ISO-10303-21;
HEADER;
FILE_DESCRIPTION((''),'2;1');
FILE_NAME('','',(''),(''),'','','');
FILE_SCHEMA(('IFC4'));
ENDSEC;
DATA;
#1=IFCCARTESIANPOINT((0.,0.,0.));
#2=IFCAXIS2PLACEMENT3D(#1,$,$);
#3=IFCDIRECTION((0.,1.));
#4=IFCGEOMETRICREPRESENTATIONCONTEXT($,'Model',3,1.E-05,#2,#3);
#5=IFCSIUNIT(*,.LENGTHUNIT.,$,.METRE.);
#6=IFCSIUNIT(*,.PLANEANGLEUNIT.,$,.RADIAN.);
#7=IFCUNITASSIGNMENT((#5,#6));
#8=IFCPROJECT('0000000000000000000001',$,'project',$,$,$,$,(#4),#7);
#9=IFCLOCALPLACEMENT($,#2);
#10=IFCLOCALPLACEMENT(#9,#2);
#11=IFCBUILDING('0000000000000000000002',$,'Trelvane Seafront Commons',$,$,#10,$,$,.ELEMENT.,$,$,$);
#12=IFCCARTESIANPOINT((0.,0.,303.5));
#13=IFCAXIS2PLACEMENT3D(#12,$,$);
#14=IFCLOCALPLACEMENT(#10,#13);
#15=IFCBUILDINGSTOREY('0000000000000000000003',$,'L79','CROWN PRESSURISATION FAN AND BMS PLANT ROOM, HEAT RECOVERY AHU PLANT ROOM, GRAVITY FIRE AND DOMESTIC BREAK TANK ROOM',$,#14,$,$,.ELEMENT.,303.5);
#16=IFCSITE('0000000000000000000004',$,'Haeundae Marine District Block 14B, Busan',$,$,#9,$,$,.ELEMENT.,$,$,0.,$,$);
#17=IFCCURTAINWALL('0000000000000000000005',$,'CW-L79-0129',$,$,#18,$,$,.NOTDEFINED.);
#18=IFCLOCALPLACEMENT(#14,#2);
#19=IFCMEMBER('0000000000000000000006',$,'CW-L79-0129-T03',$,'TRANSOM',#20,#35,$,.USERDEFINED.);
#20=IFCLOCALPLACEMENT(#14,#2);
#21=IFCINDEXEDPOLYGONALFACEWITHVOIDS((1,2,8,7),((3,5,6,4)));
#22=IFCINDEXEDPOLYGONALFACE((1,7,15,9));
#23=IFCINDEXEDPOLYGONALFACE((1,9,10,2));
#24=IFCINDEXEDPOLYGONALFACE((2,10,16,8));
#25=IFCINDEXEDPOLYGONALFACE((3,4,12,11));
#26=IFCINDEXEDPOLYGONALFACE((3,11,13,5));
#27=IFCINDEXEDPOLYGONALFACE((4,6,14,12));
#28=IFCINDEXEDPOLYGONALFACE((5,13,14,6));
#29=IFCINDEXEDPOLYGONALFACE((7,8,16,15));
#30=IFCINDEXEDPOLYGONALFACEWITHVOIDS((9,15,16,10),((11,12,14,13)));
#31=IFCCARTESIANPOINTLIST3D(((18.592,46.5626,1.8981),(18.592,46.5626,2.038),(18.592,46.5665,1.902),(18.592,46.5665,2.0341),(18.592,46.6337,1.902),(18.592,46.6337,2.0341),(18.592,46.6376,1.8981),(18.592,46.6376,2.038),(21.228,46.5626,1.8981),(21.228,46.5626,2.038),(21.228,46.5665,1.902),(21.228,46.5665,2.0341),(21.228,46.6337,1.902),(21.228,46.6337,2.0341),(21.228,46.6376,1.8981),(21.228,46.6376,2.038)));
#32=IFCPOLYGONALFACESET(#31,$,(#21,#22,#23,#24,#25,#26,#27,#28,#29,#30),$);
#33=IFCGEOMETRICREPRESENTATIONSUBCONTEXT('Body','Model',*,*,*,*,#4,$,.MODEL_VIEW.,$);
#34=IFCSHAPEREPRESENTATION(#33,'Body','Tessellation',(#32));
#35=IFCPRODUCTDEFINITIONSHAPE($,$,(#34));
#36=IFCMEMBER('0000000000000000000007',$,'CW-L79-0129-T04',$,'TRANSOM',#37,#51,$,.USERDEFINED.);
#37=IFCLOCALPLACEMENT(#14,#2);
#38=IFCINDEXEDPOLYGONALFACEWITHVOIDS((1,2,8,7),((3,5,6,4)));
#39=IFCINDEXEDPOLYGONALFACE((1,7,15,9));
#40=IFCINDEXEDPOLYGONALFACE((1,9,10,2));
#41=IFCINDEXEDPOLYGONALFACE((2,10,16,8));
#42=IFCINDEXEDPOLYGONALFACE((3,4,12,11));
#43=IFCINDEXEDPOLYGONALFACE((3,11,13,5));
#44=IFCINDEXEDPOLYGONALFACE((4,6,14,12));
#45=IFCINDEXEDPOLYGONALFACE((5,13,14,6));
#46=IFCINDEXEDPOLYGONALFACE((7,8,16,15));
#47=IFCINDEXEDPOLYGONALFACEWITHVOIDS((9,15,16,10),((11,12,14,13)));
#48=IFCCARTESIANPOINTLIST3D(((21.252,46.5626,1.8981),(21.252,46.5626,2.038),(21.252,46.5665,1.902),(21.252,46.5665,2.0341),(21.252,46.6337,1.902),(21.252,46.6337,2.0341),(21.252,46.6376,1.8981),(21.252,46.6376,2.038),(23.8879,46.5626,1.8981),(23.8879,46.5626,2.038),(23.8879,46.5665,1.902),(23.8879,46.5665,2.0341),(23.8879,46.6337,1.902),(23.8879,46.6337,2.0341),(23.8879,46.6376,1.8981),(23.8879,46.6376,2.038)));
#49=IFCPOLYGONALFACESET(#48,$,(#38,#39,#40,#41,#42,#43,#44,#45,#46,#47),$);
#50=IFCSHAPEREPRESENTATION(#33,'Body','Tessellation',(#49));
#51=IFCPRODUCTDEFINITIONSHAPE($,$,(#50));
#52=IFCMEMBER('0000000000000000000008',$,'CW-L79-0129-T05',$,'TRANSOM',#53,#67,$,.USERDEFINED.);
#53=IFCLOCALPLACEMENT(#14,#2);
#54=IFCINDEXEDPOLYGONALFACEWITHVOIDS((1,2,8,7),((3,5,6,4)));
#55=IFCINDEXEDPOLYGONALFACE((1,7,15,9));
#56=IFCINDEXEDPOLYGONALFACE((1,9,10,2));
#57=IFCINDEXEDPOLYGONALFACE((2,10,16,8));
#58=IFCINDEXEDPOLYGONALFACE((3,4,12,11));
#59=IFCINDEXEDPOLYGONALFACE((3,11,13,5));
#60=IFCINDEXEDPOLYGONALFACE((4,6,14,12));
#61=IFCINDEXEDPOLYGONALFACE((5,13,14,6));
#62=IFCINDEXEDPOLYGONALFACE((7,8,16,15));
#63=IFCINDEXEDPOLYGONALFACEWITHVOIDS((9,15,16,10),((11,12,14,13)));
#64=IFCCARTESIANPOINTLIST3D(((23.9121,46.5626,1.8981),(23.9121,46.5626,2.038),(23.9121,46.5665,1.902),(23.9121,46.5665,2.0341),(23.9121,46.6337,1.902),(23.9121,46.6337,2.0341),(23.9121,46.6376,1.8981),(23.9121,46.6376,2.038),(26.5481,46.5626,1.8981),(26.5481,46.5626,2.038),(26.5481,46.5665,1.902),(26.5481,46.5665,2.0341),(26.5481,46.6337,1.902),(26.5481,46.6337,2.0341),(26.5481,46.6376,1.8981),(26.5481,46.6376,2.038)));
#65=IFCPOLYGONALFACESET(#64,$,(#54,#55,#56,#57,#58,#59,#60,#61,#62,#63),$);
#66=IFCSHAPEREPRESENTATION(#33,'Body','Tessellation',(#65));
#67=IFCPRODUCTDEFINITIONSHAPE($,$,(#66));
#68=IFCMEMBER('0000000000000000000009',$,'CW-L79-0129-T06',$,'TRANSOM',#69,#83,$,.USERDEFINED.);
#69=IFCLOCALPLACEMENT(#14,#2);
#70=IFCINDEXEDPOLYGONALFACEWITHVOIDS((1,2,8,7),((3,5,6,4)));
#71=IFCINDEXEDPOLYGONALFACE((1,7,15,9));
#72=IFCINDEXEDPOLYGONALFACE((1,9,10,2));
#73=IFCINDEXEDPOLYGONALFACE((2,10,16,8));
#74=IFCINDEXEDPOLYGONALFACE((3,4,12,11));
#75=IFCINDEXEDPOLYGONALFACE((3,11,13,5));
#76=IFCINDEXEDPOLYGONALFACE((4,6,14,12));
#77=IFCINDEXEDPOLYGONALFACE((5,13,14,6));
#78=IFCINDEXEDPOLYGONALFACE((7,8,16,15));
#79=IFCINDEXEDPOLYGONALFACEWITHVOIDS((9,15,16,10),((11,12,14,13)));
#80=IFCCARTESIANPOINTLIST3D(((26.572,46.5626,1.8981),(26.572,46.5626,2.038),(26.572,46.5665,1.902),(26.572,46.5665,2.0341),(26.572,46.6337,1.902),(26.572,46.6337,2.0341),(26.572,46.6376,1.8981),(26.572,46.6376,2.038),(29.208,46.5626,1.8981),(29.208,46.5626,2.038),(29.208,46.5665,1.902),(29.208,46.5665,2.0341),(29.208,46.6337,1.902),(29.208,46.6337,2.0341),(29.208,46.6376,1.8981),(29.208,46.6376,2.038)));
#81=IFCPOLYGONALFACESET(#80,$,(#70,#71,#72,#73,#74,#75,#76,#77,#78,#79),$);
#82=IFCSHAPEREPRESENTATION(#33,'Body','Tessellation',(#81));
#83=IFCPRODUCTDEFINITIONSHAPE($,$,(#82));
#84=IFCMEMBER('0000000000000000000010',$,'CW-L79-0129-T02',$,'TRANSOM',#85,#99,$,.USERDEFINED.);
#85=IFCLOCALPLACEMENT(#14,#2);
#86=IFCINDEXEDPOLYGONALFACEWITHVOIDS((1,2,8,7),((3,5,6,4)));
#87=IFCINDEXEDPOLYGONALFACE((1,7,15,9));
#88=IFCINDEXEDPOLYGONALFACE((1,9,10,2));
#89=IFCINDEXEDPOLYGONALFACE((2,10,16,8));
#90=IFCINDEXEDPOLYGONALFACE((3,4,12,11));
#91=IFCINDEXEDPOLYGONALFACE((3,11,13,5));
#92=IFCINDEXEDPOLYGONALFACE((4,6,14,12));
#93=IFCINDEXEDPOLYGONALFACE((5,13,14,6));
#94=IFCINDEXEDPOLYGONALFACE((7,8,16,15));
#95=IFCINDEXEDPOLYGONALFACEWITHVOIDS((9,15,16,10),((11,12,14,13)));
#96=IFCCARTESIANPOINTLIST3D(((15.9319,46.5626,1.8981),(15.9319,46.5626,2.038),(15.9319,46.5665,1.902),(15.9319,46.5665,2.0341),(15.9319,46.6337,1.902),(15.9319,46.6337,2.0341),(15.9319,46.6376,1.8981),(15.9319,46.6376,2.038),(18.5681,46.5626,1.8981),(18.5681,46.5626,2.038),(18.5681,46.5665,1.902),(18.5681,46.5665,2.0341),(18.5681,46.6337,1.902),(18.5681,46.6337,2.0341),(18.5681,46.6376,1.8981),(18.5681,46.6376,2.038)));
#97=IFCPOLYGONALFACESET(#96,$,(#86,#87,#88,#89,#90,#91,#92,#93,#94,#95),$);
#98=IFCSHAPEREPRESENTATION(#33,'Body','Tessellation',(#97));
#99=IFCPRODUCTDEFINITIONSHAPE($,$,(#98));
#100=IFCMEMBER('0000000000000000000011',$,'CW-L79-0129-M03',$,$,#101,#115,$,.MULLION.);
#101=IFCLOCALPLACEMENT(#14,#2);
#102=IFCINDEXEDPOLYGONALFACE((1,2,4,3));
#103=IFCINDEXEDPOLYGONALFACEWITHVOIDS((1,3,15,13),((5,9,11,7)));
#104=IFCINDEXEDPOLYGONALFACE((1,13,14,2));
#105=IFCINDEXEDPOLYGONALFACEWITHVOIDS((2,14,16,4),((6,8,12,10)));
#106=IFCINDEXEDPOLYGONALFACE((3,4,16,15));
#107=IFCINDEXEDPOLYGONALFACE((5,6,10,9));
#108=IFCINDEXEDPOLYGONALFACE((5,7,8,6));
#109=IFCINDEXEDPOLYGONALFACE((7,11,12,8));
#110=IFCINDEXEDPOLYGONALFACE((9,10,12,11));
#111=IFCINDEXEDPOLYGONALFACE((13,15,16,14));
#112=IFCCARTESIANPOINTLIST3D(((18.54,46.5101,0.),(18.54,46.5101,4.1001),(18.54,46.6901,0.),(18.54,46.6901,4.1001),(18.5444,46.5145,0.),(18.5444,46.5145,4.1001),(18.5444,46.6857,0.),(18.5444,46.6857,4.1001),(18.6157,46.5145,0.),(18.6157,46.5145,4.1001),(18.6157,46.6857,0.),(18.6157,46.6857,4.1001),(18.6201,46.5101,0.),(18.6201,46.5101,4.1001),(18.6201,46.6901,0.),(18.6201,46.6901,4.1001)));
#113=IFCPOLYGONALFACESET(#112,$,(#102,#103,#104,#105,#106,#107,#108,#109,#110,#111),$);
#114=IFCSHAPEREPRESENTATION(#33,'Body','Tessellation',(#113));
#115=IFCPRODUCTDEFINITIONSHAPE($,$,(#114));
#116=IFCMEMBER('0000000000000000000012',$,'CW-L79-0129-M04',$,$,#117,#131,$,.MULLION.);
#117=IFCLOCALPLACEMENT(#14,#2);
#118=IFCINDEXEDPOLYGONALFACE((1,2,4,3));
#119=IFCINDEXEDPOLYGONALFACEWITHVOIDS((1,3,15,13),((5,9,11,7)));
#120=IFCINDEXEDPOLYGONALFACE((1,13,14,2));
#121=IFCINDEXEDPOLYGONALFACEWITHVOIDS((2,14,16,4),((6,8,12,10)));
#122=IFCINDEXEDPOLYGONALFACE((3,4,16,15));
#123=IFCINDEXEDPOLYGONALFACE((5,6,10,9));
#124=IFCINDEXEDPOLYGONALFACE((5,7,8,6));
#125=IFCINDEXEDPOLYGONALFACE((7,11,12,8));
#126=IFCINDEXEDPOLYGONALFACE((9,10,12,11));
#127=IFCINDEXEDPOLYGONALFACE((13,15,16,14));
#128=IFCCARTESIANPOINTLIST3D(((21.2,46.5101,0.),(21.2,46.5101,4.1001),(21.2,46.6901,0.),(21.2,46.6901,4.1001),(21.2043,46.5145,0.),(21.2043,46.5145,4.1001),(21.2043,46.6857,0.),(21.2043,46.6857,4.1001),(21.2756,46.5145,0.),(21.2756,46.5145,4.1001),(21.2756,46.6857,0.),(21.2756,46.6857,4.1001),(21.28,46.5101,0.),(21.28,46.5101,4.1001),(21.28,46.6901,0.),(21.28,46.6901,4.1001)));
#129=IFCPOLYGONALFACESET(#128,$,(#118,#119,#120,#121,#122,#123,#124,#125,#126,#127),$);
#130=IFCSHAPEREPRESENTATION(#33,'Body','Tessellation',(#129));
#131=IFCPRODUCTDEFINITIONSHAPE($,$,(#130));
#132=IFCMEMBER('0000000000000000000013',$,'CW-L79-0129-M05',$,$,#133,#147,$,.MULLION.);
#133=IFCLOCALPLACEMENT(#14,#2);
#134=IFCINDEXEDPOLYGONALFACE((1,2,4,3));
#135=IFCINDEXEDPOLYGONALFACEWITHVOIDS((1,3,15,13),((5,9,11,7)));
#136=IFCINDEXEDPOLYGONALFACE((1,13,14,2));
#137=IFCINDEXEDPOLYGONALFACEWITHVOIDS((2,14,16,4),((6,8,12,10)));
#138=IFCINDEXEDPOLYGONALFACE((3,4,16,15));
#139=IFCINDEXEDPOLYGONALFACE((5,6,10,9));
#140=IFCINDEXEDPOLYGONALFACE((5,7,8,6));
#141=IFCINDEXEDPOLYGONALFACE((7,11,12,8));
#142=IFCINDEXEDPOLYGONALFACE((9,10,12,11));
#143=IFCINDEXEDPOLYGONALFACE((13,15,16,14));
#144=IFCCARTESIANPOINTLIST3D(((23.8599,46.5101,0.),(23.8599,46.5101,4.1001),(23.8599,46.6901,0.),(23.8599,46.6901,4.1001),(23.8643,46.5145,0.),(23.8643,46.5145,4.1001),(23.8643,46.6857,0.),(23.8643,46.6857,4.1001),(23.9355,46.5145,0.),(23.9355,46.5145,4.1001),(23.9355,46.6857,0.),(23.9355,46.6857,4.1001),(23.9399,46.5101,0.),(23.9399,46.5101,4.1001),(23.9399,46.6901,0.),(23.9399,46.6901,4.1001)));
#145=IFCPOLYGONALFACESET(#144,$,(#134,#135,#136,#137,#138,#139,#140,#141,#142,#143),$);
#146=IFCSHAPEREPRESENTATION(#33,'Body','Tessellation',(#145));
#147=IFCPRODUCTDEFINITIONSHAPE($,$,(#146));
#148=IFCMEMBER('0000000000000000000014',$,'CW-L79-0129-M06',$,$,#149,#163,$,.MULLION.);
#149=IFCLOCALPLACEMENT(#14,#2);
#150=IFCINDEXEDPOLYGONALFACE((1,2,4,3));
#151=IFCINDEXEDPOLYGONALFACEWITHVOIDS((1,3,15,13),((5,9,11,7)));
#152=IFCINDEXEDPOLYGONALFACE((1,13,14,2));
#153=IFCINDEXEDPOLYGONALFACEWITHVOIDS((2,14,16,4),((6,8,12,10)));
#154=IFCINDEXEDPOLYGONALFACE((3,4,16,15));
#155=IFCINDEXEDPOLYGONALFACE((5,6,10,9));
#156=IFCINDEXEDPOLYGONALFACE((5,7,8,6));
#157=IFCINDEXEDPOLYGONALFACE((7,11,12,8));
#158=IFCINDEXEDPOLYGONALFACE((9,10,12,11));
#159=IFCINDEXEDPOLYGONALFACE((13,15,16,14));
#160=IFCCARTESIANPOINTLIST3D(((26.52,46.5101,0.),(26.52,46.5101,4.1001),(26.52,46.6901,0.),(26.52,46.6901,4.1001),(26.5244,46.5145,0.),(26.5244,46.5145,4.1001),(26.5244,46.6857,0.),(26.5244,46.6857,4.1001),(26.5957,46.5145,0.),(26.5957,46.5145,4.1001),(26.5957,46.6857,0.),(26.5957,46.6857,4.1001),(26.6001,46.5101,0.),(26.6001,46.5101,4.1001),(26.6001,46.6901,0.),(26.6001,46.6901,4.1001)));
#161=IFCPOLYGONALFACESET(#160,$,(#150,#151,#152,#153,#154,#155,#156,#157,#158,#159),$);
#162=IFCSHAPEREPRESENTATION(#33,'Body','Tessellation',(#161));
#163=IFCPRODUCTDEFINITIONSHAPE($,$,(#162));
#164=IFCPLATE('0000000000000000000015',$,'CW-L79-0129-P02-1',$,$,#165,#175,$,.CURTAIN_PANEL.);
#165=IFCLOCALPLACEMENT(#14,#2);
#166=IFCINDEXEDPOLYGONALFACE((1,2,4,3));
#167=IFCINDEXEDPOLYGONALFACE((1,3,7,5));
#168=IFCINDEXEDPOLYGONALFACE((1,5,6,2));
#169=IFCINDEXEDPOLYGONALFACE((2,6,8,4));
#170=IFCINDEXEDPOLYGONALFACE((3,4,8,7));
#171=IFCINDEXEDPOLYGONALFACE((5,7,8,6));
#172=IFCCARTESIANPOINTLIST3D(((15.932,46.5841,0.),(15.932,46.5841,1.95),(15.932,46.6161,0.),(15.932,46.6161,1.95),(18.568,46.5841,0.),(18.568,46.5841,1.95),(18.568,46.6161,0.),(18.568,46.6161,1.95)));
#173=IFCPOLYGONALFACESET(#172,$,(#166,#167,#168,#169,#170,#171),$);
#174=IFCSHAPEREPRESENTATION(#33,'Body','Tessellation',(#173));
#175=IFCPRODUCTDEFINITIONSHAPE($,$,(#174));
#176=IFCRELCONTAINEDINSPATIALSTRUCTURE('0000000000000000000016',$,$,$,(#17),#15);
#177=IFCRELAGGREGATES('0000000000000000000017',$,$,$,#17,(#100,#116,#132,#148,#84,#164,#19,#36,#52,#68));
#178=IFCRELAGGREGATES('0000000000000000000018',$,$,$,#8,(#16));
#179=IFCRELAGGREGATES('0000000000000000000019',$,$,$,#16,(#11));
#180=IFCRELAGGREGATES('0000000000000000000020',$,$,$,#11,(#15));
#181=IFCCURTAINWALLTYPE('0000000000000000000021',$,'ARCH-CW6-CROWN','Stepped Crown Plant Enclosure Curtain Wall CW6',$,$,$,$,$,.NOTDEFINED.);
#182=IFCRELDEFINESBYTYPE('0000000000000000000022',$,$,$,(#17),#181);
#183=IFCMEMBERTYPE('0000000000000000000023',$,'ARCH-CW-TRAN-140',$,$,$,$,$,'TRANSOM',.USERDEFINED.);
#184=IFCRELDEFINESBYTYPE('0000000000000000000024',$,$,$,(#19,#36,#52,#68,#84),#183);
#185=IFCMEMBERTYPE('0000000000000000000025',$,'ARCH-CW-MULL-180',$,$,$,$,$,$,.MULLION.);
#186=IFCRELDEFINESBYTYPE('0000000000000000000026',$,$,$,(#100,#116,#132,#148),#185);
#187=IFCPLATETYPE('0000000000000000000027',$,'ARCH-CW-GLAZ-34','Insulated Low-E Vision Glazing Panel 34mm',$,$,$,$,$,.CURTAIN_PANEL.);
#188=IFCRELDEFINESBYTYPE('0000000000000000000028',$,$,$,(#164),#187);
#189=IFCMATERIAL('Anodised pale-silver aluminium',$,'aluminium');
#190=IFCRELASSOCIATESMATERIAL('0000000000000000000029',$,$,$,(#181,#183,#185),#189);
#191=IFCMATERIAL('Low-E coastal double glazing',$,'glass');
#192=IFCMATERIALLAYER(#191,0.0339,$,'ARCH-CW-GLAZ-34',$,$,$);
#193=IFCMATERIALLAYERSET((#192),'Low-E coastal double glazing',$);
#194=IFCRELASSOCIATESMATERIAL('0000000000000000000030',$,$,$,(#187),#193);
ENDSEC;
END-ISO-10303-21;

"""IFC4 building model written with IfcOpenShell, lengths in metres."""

from ifc_helpers import new_model, si_unit, direction, frame, origin, origin_2d, place, context, subcontext, project, spatial, rectangle, hollow_rectangle, extrude, source, transform, mapped, material, layer, layer_set, material_profile, profile_set, type_object, element, aggregate, save


model = new_model("IFC4")

# Units and contexts
model_context = context("Model", 3, precision=1e-05, world=origin(), true_north=direction((0.0, 1.0)))
body_context = subcontext(model_context, "Body", "Model", "MODEL_VIEW")
ifc_project = project(units=[si_unit("LENGTHUNIT", "METRE"), si_unit("PLANEANGLEUNIT", "RADIAN")], contexts=[model_context])

# Site, building, storey
site_placement = place(None, origin())
site = spatial("IfcSite", under=ifc_project, at=site_placement, Name="Haeundae Marine District Block 14B, Busan", CompositionType="ELEMENT", RefElevation=0.0)
building_placement = place(site_placement, origin())
building = spatial("IfcBuilding", under=site, at=building_placement, Name="Trelvane Seafront Commons", CompositionType="ELEMENT")
storey_placement = place(building_placement, frame((0.0, 0.0, 303.5)))
storey = spatial("IfcBuildingStorey", under=building, at=storey_placement, Name="L79", Description="CROWN PRESSURISATION FAN AND BMS PLANT ROOM, HEAT RECOVERY AHU PLANT ROOM, GRAVITY FIRE AND DOMESTIC BREAK TANK ROOM", CompositionType="ELEMENT", Elevation=303.5)

# Curtain wall, members, plate
ifc_material_1 = material(Name="Anodised pale-silver aluminium", Category="aluminium")
curtain_wall_type = type_object("IfcCurtainWallType", Name="ARCH-CW6-CROWN", Description="Stepped Crown Plant Enclosure Curtain Wall CW6", PredefinedType="NOTDEFINED", material=ifc_material_1)
curtain_wall_placement = place(storey_placement, origin())
curtain_wall = element("IfcCurtainWall", 1, at=curtain_wall_placement, inside=storey, type_object=curtain_wall_type, Name="CW-L79-0129", PredefinedType="NOTDEFINED")
ifc_material_profile_1 = material_profile(ifc_material_1, hollow_rectangle(XDim=0.075, YDim=0.1399, WallThickness=0.0039, at=origin_2d()), Name="TRAN-75x140x4")
ifc_profile_set_1 = profile_set([ifc_material_profile_1], Name="Anodised pale-silver aluminium")
member_type_1 = type_object("IfcMemberType", Name="ARCH-CW-TRAN-140", ElementType="TRANSOM", PredefinedType="USERDEFINED", material=ifc_profile_set_1)
shared_shape_1 = source(origin(), body_context, "Body", "SweptSolid", [
    extrude(hollow_rectangle(XDim=0.075, YDim=0.1399, WallThickness=0.0039, at=origin_2d()), origin(), (0.0, 0.0, 1.0), 2.636),
])
member_1_placement = place(storey_placement, frame((18.592, 46.6001, 1.968), z_axis=(1.0, 0.0, 0.0), x_axis=(0.0, 1.0, 0.0)))
member_1 = element("IfcMember", 2, at=member_1_placement, type_object=member_type_1, Name="CW-L79-0129-T03", ObjectType="TRANSOM", PredefinedType="USERDEFINED", context=body_context, shape_type="MappedRepresentation", body=[
    mapped(shared_shape_1, transform((0.0, 0.0, 0.0), x_axis=(1.0, 0.0, 0.0), y_axis=(0.0, 1.0, 0.0), z_axis=(0.0, 0.0, 1.0), scale=1.0)),
])
member_2_placement = place(storey_placement, frame((21.252, 46.6001, 1.968), z_axis=(1.0, 0.0, 0.0), x_axis=(0.0, 1.0, 0.0)))
member_2 = element("IfcMember", 3, at=member_2_placement, type_object=member_type_1, Name="CW-L79-0129-T04", ObjectType="TRANSOM", PredefinedType="USERDEFINED", context=body_context, shape_type="MappedRepresentation", body=[
    mapped(shared_shape_1, transform((0.0, 0.0, 0.0), x_axis=(1.0, 0.0, 0.0), y_axis=(0.0, 1.0, 0.0), z_axis=(0.0, 0.0, 1.0), scale=1.0)),
])
member_3_placement = place(storey_placement, frame((23.9121, 46.6001, 1.968), z_axis=(1.0, 0.0, 0.0), x_axis=(0.0, 1.0, 0.0)))
member_3 = element("IfcMember", 4, at=member_3_placement, type_object=member_type_1, Name="CW-L79-0129-T05", ObjectType="TRANSOM", PredefinedType="USERDEFINED", context=body_context, shape_type="MappedRepresentation", body=[
    mapped(shared_shape_1, transform((0.0, 0.0, 0.0), x_axis=(1.0, 0.0, 0.0), y_axis=(0.0, 1.0, 0.0), z_axis=(0.0, 0.0, 1.0), scale=1.0)),
])
member_4_placement = place(storey_placement, frame((26.572, 46.6001, 1.968), z_axis=(1.0, 0.0, 0.0), x_axis=(0.0, 1.0, 0.0)))
member_4 = element("IfcMember", 5, at=member_4_placement, type_object=member_type_1, Name="CW-L79-0129-T06", ObjectType="TRANSOM", PredefinedType="USERDEFINED", context=body_context, shape_type="MappedRepresentation", body=[
    mapped(shared_shape_1, transform((0.0, 0.0, 0.0), x_axis=(1.0, 0.0, 0.0), y_axis=(0.0, 1.0, 0.0), z_axis=(0.0, 0.0, 1.0), scale=1.0)),
])
shared_shape_2 = source(origin(), body_context, "Body", "SweptSolid", [
    extrude(hollow_rectangle(XDim=0.075, YDim=0.1399, WallThickness=0.0039, at=origin_2d()), origin(), (0.0, 0.0, 1.0), 2.6362),
])
member_5_placement = place(storey_placement, frame((15.9319, 46.6001, 1.968), z_axis=(1.0, 0.0, 0.0), x_axis=(0.0, 1.0, 0.0)))
member_5 = element("IfcMember", 6, at=member_5_placement, type_object=member_type_1, Name="CW-L79-0129-T02", ObjectType="TRANSOM", PredefinedType="USERDEFINED", context=body_context, shape_type="MappedRepresentation", body=[
    mapped(shared_shape_2, transform((0.0, 0.0, 0.0), x_axis=(1.0, 0.0, 0.0), y_axis=(0.0, 1.0, 0.0), z_axis=(0.0, 0.0, 1.0), scale=1.0)),
])
ifc_material_profile_2 = material_profile(ifc_material_1, hollow_rectangle(XDim=0.0801, YDim=0.1799, WallThickness=0.0044, at=origin_2d()), Name="MULL-80x180x4.5")
ifc_profile_set_2 = profile_set([ifc_material_profile_2], Name="Anodised pale-silver aluminium")
member_type_2 = type_object("IfcMemberType", Name="ARCH-CW-MULL-180", PredefinedType="MULLION", material=ifc_profile_set_2)
shared_shape_3 = source(origin(), body_context, "Body", "SweptSolid", [
    extrude(hollow_rectangle(XDim=0.0801, YDim=0.1799, WallThickness=0.0044, at=origin_2d()), origin(), (0.0, 0.0, 1.0), 4.1001),
])
member_6_placement = place(storey_placement, frame((18.5801, 46.6001, 0.0), z_axis=(0.0, 0.0, 1.0), x_axis=(1.0, 0.0, 0.0)))
member_6 = element("IfcMember", 7, at=member_6_placement, type_object=member_type_2, Name="CW-L79-0129-M03", PredefinedType="MULLION", context=body_context, shape_type="MappedRepresentation", body=[
    mapped(shared_shape_3, transform((0.0, 0.0, 0.0), x_axis=(1.0, 0.0, 0.0), y_axis=(0.0, 1.0, 0.0), z_axis=(0.0, 0.0, 1.0), scale=1.0)),
])
member_7_placement = place(storey_placement, frame((21.24, 46.6001, 0.0), z_axis=(0.0, 0.0, 1.0), x_axis=(1.0, 0.0, 0.0)))
member_7 = element("IfcMember", 8, at=member_7_placement, type_object=member_type_2, Name="CW-L79-0129-M04", PredefinedType="MULLION", context=body_context, shape_type="MappedRepresentation", body=[
    mapped(shared_shape_3, transform((0.0, 0.0, 0.0), x_axis=(1.0, 0.0, 0.0), y_axis=(0.0, 1.0, 0.0), z_axis=(0.0, 0.0, 1.0), scale=1.0)),
])
member_8_placement = place(storey_placement, frame((23.8999, 46.6001, 0.0), z_axis=(0.0, 0.0, 1.0), x_axis=(1.0, 0.0, 0.0)))
member_8 = element("IfcMember", 9, at=member_8_placement, type_object=member_type_2, Name="CW-L79-0129-M05", PredefinedType="MULLION", context=body_context, shape_type="MappedRepresentation", body=[
    mapped(shared_shape_3, transform((0.0, 0.0, 0.0), x_axis=(1.0, 0.0, 0.0), y_axis=(0.0, 1.0, 0.0), z_axis=(0.0, 0.0, 1.0), scale=1.0)),
])
member_9_placement = place(storey_placement, frame((26.5601, 46.6001, 0.0), z_axis=(0.0, 0.0, 1.0), x_axis=(1.0, 0.0, 0.0)))
member_9 = element("IfcMember", 10, at=member_9_placement, type_object=member_type_2, Name="CW-L79-0129-M06", PredefinedType="MULLION", context=body_context, shape_type="MappedRepresentation", body=[
    mapped(shared_shape_3, transform((0.0, 0.0, 0.0), x_axis=(1.0, 0.0, 0.0), y_axis=(0.0, 1.0, 0.0), z_axis=(0.0, 0.0, 1.0), scale=1.0)),
])
ifc_material_2 = material(Name="Low-E coastal double glazing", Category="glass")
ifc_layer = layer(ifc_material_2, 0.0339, Name="ARCH-CW-GLAZ-34")
ifc_layer_set = layer_set([ifc_layer], Name="Low-E coastal double glazing")
plate_type = type_object("IfcPlateType", Name="ARCH-CW-GLAZ-34", Description="Insulated Low-E Vision Glazing Panel 34mm", PredefinedType="CURTAIN_PANEL", material=ifc_layer_set)
shared_shape_4 = source(origin(), body_context, "Body", "SweptSolid", [
    extrude(rectangle(XDim=2.636, YDim=0.032, at=origin_2d()), origin(), (0.0, 0.0, 1.0), 1.95),
])
plate_1_placement = place(storey_placement, frame((17.25, 46.6001, 0.0), z_axis=(0.0, 0.0, 1.0), x_axis=(1.0, 0.0, 0.0)))
plate_1 = element("IfcPlate", 11, at=plate_1_placement, type_object=plate_type, Name="CW-L79-0129-P02-1", PredefinedType="CURTAIN_PANEL", context=body_context, shape_type="MappedRepresentation", body=[
    mapped(shared_shape_4, transform((0.0, 0.0, 0.0), x_axis=(1.0, 0.0, 0.0), y_axis=(0.0, 1.0, 0.0), z_axis=(0.0, 0.0, 1.0), scale=1.0)),
])
aggregate(curtain_wall, [member_6, member_7, member_8, member_9, member_5, plate_1, member_1, member_2, member_3, member_4])

save(model, "model.ifc")
